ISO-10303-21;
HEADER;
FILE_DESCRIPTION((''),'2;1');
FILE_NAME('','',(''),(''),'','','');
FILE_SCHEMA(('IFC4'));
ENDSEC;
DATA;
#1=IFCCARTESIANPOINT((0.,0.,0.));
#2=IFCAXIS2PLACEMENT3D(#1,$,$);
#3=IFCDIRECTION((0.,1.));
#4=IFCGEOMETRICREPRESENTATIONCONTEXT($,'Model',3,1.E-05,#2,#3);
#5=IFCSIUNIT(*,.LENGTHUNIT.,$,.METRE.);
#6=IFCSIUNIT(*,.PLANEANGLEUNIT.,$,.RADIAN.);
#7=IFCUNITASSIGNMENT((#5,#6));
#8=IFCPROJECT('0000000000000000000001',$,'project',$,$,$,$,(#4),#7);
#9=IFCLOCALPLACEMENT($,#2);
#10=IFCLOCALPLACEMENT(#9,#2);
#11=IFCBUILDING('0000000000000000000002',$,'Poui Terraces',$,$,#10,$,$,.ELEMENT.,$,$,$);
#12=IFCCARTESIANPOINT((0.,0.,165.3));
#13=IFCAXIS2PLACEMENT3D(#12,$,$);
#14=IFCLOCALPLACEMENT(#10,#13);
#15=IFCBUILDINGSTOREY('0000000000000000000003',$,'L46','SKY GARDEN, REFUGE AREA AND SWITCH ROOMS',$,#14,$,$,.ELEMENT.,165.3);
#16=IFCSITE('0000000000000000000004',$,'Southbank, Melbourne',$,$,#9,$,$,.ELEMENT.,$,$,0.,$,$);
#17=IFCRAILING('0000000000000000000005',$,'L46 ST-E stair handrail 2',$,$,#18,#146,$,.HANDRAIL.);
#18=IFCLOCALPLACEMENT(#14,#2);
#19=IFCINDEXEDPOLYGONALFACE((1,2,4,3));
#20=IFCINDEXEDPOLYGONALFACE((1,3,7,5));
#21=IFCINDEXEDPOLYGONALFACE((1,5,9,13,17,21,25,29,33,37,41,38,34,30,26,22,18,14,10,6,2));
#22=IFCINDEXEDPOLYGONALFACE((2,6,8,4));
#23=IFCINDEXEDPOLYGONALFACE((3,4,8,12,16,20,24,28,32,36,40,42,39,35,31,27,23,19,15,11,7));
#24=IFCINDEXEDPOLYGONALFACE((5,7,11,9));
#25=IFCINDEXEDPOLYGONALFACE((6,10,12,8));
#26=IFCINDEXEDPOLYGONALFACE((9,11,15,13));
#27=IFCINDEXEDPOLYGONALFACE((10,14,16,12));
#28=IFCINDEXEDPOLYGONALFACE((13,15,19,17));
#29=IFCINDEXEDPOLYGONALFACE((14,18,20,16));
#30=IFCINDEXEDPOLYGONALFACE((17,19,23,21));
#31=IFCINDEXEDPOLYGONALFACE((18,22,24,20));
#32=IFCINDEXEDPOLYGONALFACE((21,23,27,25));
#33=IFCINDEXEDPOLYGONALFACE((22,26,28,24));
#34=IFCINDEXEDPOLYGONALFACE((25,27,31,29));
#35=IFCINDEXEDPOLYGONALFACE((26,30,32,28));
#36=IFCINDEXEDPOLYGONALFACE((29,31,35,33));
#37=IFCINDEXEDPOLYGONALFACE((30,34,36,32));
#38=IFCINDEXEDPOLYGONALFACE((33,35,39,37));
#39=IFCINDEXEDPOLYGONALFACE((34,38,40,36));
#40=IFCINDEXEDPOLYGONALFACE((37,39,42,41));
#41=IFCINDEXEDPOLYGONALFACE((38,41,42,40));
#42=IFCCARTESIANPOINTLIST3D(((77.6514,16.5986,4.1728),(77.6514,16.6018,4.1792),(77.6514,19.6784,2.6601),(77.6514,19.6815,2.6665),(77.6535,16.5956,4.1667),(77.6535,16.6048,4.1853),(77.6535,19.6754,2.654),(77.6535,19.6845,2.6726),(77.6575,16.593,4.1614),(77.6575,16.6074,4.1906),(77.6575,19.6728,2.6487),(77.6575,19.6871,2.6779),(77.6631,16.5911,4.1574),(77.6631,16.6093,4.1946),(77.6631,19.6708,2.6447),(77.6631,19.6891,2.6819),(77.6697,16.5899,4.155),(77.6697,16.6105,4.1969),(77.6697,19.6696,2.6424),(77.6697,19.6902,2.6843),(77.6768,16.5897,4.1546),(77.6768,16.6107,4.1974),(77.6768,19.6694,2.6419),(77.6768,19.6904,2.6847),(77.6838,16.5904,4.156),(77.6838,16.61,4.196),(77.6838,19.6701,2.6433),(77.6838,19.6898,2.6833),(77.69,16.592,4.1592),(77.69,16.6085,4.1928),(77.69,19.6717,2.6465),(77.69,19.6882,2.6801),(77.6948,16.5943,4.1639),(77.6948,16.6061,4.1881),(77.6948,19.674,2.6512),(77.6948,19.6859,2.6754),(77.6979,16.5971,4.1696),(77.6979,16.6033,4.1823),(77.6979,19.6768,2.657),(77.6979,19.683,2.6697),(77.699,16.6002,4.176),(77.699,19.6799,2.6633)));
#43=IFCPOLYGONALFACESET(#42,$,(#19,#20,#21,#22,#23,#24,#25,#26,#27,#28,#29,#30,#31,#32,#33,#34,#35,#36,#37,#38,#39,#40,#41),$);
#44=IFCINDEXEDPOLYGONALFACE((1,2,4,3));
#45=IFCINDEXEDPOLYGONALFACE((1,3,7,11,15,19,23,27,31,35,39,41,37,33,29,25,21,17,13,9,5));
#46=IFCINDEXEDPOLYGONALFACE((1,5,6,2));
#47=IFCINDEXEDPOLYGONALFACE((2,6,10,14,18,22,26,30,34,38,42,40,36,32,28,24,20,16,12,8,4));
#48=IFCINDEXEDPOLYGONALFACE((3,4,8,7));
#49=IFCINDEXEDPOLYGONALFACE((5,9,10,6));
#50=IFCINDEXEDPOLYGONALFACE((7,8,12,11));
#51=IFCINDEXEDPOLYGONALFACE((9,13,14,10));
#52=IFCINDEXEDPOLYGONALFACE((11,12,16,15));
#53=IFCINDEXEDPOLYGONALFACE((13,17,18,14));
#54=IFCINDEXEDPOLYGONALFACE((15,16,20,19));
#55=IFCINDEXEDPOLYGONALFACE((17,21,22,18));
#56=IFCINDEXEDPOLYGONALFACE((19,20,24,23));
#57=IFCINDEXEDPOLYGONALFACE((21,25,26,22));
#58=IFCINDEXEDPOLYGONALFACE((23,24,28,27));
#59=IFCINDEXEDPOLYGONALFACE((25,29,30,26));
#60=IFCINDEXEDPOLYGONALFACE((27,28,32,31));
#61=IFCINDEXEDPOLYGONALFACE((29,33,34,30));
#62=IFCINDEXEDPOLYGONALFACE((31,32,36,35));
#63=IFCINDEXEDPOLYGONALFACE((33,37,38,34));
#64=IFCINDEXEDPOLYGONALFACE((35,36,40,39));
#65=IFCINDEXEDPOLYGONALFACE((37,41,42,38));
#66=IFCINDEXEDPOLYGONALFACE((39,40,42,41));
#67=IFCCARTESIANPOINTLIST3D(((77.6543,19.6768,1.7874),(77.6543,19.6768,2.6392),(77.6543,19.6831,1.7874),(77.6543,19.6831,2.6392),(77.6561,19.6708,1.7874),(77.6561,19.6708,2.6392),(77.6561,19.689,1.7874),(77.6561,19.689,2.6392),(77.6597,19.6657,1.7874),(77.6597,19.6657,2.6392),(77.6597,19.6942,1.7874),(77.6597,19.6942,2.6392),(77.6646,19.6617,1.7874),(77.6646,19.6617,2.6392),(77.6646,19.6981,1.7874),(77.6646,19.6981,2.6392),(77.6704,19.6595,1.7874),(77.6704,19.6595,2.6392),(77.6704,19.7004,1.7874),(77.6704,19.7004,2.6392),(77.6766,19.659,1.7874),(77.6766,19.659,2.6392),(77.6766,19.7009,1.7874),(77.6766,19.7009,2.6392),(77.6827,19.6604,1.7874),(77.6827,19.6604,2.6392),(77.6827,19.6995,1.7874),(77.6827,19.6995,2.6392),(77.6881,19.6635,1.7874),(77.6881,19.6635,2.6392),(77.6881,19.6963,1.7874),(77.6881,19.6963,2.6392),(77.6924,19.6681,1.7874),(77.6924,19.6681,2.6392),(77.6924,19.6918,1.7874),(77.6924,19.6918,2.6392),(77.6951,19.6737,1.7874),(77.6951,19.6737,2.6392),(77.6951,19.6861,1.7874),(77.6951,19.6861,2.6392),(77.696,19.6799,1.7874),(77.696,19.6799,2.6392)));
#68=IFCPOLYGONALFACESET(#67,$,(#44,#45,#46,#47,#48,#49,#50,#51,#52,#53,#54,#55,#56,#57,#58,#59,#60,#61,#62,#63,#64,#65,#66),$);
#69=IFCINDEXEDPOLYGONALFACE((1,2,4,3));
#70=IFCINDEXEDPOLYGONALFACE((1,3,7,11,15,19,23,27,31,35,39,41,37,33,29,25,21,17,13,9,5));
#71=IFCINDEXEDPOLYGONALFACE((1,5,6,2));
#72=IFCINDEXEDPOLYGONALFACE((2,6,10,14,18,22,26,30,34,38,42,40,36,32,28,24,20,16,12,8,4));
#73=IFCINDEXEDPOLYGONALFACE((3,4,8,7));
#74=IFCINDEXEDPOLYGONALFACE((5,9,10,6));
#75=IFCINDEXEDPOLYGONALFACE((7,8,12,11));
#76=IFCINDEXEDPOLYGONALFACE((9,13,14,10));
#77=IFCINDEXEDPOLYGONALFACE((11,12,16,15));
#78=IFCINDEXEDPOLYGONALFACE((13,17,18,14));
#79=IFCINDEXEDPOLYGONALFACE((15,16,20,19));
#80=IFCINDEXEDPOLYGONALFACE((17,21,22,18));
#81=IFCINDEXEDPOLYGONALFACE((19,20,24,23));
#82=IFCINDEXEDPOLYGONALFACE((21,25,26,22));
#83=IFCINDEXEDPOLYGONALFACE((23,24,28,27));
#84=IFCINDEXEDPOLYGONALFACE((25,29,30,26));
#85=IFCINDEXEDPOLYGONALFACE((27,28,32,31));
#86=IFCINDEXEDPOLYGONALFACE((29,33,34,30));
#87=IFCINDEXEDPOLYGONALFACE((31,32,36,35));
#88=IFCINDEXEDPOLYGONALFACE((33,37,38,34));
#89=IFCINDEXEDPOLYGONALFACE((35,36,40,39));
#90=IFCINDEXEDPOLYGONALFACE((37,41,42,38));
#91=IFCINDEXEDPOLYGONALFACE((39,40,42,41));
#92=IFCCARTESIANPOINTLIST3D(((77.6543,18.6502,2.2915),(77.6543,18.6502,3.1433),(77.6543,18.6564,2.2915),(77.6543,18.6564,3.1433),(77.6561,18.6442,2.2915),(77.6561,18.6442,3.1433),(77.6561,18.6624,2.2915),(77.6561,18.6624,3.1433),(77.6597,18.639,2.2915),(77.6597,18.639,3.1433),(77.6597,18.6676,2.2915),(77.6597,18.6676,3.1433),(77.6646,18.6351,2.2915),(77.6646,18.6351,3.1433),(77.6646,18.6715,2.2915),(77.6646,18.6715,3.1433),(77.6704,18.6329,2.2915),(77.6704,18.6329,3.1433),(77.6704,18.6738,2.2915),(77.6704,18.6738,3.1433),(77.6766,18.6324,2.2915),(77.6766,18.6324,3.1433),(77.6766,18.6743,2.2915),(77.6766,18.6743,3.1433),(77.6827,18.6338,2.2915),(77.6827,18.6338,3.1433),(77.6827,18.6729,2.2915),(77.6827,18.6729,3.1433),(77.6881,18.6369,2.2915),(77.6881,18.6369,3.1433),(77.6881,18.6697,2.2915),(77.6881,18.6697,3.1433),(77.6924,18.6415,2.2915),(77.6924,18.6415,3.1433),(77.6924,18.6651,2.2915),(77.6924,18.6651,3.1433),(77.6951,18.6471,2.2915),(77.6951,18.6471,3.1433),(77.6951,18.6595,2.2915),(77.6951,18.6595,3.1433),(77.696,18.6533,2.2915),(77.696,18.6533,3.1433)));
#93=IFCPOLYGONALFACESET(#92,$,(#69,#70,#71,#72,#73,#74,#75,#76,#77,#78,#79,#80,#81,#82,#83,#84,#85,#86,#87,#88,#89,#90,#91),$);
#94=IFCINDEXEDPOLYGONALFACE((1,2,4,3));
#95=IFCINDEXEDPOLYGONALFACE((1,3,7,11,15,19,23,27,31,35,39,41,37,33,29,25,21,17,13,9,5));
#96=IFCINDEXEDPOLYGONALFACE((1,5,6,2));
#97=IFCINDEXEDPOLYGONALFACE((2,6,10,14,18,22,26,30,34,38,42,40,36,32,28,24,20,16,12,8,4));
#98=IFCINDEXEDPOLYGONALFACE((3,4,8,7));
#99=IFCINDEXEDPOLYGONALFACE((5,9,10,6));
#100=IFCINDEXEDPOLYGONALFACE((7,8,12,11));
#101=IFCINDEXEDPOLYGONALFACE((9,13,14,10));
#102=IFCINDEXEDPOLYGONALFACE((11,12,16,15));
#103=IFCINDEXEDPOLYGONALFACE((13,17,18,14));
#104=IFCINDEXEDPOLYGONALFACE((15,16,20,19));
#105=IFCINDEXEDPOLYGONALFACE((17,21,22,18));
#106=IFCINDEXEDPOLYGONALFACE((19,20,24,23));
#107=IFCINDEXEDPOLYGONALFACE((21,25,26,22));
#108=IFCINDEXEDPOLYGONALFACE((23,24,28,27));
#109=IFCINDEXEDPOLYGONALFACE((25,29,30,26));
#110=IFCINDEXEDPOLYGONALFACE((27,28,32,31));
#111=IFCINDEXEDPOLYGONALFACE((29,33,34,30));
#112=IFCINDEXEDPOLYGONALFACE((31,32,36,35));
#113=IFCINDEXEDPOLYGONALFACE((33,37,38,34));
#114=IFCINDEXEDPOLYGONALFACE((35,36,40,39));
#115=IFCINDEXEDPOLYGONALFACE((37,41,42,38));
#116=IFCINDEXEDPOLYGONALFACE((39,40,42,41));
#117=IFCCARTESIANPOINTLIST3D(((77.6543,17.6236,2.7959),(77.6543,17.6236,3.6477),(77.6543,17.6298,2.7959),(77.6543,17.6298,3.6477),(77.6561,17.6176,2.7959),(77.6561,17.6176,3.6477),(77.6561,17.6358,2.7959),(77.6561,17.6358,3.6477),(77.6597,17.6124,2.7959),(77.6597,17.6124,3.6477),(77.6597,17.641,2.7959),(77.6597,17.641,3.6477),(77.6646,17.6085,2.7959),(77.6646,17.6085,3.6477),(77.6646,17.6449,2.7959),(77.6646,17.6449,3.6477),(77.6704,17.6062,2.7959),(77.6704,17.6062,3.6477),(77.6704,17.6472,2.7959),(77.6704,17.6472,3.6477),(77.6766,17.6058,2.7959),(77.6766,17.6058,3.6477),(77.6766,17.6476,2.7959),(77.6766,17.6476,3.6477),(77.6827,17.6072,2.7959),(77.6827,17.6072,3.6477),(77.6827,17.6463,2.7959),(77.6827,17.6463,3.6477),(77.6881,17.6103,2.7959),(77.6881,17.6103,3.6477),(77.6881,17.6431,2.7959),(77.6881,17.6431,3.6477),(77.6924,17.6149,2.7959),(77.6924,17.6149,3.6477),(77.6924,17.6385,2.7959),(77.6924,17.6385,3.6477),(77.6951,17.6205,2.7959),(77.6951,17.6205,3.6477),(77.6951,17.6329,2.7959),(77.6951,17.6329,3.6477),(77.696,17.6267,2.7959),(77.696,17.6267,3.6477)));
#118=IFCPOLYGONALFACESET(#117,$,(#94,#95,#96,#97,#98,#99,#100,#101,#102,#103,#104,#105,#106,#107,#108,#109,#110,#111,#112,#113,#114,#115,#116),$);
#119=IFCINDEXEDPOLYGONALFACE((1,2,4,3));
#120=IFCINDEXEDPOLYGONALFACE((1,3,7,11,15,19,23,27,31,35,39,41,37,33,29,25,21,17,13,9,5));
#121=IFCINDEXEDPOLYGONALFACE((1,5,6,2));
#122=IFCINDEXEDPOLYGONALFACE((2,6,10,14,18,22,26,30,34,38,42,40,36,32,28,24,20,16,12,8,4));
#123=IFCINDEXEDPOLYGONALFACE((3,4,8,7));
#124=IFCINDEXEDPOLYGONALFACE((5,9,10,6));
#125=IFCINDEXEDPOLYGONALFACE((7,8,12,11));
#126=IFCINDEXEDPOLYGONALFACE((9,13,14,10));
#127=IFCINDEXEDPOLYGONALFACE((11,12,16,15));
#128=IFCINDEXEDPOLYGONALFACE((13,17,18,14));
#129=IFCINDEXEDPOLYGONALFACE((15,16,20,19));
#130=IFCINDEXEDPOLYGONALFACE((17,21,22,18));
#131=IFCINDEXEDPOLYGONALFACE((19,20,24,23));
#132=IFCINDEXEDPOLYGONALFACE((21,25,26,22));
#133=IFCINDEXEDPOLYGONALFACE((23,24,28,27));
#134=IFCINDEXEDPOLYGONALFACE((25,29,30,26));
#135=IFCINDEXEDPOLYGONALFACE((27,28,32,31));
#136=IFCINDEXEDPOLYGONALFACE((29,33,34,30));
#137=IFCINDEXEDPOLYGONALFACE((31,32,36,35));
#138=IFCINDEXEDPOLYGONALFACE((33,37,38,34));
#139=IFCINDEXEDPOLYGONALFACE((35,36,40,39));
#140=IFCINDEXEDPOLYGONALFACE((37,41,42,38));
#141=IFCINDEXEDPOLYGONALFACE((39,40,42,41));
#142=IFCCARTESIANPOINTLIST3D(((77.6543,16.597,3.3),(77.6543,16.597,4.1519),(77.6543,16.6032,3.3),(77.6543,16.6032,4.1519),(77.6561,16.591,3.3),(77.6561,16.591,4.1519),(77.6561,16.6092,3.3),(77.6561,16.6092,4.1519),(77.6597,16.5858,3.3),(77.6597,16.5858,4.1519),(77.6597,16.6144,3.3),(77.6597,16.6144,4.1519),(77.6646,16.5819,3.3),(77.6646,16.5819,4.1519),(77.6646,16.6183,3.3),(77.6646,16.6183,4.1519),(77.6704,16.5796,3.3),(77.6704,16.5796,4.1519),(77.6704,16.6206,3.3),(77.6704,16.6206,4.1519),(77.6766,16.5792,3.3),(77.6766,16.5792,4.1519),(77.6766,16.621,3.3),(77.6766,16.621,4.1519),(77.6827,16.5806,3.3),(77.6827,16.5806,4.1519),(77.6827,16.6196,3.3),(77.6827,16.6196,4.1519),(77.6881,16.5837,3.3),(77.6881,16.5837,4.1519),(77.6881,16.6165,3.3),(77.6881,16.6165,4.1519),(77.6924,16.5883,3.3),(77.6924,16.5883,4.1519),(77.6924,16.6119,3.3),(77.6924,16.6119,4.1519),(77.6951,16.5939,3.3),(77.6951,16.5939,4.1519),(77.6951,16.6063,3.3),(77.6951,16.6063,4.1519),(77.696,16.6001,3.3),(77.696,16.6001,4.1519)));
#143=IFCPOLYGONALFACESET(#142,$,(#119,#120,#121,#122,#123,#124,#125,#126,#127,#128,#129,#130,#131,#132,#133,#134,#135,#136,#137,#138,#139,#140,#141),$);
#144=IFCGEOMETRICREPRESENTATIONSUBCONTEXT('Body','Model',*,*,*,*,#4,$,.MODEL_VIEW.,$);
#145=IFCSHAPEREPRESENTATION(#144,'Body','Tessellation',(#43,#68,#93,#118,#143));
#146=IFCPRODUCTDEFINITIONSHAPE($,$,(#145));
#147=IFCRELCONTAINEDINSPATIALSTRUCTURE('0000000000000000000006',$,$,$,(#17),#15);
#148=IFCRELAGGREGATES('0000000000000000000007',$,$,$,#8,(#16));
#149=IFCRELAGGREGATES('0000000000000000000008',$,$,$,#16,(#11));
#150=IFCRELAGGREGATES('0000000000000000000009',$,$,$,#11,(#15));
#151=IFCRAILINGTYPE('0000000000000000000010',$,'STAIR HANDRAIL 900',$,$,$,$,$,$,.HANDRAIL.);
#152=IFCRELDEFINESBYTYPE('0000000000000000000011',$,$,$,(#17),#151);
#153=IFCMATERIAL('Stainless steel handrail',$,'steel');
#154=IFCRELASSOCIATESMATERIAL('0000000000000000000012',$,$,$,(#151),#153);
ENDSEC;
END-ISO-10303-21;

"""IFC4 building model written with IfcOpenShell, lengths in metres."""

from ifc_helpers import new_model, si_unit, direction, frame, origin, origin_2d, place, context, subcontext, project, spatial, circle, extrude, material, type_object, element, save


model = new_model("IFC4")

# Units and contexts
model_context = context("Model", 3, precision=1e-05, world=origin(), true_north=direction((0.0, 1.0)))
body_context = subcontext(model_context, "Body", "Model", "MODEL_VIEW")
ifc_project = project(units=[si_unit("LENGTHUNIT", "METRE"), si_unit("PLANEANGLEUNIT", "RADIAN")], contexts=[model_context])

# Site, building, storey
site_placement = place(None, origin())
site = spatial("IfcSite", under=ifc_project, at=site_placement, Name="Southbank, Melbourne", CompositionType="ELEMENT", RefElevation=0.0)
building_placement = place(site_placement, origin())
building = spatial("IfcBuilding", under=site, at=building_placement, Name="Poui Terraces", CompositionType="ELEMENT")
storey_placement = place(building_placement, frame((0.0, 0.0, 165.3)))
storey = spatial("IfcBuildingStorey", under=building, at=storey_placement, Name="L46", Description="SKY GARDEN, REFUGE AREA AND SWITCH ROOMS", CompositionType="ELEMENT", Elevation=165.3)

# Railing
ifc_material_1 = material(Name="Stainless steel handrail", Category="steel")
railing_type_1 = type_object("IfcRailingType", Name="STAIR HANDRAIL 900", PredefinedType="HANDRAIL", material=ifc_material_1)
railing_1_placement = place(storey_placement, frame((77.675, 19.6799, 1.7874)))
element("IfcRailing", 1, at=railing_1_placement, inside=storey, type_object=railing_type_1, Name="L46 ST-E stair handrail 2", PredefinedType="HANDRAIL", context=body_context, shape_type="SweptSolid", body=[
    extrude(circle(Radius=0.0239, at=origin_2d()), frame((0.0, 0.0, 0.876), z_axis=(0.0, -0.897578, 0.440856), x_axis=(1.0, 0.0, 0.0)), (0.0, 0.0, 1.0), 3.4312),
    extrude(circle(Radius=0.021, at=origin_2d()), origin(), (0.0, 0.0, 1.0), 0.8518),
    extrude(circle(Radius=0.021, at=origin_2d()), frame((0.0, -1.0266, 0.5042)), (0.0, 0.0, 1.0), 0.8518),
    extrude(circle(Radius=0.021, at=origin_2d()), frame((0.0, -2.0532, 1.0085)), (0.0, 0.0, 1.0), 0.8518),
    extrude(circle(Radius=0.021, at=origin_2d()), frame((0.0, -3.0798, 1.5127)), (0.0, 0.0, 1.0), 0.8518),
])

save(model, "model.ifc")
